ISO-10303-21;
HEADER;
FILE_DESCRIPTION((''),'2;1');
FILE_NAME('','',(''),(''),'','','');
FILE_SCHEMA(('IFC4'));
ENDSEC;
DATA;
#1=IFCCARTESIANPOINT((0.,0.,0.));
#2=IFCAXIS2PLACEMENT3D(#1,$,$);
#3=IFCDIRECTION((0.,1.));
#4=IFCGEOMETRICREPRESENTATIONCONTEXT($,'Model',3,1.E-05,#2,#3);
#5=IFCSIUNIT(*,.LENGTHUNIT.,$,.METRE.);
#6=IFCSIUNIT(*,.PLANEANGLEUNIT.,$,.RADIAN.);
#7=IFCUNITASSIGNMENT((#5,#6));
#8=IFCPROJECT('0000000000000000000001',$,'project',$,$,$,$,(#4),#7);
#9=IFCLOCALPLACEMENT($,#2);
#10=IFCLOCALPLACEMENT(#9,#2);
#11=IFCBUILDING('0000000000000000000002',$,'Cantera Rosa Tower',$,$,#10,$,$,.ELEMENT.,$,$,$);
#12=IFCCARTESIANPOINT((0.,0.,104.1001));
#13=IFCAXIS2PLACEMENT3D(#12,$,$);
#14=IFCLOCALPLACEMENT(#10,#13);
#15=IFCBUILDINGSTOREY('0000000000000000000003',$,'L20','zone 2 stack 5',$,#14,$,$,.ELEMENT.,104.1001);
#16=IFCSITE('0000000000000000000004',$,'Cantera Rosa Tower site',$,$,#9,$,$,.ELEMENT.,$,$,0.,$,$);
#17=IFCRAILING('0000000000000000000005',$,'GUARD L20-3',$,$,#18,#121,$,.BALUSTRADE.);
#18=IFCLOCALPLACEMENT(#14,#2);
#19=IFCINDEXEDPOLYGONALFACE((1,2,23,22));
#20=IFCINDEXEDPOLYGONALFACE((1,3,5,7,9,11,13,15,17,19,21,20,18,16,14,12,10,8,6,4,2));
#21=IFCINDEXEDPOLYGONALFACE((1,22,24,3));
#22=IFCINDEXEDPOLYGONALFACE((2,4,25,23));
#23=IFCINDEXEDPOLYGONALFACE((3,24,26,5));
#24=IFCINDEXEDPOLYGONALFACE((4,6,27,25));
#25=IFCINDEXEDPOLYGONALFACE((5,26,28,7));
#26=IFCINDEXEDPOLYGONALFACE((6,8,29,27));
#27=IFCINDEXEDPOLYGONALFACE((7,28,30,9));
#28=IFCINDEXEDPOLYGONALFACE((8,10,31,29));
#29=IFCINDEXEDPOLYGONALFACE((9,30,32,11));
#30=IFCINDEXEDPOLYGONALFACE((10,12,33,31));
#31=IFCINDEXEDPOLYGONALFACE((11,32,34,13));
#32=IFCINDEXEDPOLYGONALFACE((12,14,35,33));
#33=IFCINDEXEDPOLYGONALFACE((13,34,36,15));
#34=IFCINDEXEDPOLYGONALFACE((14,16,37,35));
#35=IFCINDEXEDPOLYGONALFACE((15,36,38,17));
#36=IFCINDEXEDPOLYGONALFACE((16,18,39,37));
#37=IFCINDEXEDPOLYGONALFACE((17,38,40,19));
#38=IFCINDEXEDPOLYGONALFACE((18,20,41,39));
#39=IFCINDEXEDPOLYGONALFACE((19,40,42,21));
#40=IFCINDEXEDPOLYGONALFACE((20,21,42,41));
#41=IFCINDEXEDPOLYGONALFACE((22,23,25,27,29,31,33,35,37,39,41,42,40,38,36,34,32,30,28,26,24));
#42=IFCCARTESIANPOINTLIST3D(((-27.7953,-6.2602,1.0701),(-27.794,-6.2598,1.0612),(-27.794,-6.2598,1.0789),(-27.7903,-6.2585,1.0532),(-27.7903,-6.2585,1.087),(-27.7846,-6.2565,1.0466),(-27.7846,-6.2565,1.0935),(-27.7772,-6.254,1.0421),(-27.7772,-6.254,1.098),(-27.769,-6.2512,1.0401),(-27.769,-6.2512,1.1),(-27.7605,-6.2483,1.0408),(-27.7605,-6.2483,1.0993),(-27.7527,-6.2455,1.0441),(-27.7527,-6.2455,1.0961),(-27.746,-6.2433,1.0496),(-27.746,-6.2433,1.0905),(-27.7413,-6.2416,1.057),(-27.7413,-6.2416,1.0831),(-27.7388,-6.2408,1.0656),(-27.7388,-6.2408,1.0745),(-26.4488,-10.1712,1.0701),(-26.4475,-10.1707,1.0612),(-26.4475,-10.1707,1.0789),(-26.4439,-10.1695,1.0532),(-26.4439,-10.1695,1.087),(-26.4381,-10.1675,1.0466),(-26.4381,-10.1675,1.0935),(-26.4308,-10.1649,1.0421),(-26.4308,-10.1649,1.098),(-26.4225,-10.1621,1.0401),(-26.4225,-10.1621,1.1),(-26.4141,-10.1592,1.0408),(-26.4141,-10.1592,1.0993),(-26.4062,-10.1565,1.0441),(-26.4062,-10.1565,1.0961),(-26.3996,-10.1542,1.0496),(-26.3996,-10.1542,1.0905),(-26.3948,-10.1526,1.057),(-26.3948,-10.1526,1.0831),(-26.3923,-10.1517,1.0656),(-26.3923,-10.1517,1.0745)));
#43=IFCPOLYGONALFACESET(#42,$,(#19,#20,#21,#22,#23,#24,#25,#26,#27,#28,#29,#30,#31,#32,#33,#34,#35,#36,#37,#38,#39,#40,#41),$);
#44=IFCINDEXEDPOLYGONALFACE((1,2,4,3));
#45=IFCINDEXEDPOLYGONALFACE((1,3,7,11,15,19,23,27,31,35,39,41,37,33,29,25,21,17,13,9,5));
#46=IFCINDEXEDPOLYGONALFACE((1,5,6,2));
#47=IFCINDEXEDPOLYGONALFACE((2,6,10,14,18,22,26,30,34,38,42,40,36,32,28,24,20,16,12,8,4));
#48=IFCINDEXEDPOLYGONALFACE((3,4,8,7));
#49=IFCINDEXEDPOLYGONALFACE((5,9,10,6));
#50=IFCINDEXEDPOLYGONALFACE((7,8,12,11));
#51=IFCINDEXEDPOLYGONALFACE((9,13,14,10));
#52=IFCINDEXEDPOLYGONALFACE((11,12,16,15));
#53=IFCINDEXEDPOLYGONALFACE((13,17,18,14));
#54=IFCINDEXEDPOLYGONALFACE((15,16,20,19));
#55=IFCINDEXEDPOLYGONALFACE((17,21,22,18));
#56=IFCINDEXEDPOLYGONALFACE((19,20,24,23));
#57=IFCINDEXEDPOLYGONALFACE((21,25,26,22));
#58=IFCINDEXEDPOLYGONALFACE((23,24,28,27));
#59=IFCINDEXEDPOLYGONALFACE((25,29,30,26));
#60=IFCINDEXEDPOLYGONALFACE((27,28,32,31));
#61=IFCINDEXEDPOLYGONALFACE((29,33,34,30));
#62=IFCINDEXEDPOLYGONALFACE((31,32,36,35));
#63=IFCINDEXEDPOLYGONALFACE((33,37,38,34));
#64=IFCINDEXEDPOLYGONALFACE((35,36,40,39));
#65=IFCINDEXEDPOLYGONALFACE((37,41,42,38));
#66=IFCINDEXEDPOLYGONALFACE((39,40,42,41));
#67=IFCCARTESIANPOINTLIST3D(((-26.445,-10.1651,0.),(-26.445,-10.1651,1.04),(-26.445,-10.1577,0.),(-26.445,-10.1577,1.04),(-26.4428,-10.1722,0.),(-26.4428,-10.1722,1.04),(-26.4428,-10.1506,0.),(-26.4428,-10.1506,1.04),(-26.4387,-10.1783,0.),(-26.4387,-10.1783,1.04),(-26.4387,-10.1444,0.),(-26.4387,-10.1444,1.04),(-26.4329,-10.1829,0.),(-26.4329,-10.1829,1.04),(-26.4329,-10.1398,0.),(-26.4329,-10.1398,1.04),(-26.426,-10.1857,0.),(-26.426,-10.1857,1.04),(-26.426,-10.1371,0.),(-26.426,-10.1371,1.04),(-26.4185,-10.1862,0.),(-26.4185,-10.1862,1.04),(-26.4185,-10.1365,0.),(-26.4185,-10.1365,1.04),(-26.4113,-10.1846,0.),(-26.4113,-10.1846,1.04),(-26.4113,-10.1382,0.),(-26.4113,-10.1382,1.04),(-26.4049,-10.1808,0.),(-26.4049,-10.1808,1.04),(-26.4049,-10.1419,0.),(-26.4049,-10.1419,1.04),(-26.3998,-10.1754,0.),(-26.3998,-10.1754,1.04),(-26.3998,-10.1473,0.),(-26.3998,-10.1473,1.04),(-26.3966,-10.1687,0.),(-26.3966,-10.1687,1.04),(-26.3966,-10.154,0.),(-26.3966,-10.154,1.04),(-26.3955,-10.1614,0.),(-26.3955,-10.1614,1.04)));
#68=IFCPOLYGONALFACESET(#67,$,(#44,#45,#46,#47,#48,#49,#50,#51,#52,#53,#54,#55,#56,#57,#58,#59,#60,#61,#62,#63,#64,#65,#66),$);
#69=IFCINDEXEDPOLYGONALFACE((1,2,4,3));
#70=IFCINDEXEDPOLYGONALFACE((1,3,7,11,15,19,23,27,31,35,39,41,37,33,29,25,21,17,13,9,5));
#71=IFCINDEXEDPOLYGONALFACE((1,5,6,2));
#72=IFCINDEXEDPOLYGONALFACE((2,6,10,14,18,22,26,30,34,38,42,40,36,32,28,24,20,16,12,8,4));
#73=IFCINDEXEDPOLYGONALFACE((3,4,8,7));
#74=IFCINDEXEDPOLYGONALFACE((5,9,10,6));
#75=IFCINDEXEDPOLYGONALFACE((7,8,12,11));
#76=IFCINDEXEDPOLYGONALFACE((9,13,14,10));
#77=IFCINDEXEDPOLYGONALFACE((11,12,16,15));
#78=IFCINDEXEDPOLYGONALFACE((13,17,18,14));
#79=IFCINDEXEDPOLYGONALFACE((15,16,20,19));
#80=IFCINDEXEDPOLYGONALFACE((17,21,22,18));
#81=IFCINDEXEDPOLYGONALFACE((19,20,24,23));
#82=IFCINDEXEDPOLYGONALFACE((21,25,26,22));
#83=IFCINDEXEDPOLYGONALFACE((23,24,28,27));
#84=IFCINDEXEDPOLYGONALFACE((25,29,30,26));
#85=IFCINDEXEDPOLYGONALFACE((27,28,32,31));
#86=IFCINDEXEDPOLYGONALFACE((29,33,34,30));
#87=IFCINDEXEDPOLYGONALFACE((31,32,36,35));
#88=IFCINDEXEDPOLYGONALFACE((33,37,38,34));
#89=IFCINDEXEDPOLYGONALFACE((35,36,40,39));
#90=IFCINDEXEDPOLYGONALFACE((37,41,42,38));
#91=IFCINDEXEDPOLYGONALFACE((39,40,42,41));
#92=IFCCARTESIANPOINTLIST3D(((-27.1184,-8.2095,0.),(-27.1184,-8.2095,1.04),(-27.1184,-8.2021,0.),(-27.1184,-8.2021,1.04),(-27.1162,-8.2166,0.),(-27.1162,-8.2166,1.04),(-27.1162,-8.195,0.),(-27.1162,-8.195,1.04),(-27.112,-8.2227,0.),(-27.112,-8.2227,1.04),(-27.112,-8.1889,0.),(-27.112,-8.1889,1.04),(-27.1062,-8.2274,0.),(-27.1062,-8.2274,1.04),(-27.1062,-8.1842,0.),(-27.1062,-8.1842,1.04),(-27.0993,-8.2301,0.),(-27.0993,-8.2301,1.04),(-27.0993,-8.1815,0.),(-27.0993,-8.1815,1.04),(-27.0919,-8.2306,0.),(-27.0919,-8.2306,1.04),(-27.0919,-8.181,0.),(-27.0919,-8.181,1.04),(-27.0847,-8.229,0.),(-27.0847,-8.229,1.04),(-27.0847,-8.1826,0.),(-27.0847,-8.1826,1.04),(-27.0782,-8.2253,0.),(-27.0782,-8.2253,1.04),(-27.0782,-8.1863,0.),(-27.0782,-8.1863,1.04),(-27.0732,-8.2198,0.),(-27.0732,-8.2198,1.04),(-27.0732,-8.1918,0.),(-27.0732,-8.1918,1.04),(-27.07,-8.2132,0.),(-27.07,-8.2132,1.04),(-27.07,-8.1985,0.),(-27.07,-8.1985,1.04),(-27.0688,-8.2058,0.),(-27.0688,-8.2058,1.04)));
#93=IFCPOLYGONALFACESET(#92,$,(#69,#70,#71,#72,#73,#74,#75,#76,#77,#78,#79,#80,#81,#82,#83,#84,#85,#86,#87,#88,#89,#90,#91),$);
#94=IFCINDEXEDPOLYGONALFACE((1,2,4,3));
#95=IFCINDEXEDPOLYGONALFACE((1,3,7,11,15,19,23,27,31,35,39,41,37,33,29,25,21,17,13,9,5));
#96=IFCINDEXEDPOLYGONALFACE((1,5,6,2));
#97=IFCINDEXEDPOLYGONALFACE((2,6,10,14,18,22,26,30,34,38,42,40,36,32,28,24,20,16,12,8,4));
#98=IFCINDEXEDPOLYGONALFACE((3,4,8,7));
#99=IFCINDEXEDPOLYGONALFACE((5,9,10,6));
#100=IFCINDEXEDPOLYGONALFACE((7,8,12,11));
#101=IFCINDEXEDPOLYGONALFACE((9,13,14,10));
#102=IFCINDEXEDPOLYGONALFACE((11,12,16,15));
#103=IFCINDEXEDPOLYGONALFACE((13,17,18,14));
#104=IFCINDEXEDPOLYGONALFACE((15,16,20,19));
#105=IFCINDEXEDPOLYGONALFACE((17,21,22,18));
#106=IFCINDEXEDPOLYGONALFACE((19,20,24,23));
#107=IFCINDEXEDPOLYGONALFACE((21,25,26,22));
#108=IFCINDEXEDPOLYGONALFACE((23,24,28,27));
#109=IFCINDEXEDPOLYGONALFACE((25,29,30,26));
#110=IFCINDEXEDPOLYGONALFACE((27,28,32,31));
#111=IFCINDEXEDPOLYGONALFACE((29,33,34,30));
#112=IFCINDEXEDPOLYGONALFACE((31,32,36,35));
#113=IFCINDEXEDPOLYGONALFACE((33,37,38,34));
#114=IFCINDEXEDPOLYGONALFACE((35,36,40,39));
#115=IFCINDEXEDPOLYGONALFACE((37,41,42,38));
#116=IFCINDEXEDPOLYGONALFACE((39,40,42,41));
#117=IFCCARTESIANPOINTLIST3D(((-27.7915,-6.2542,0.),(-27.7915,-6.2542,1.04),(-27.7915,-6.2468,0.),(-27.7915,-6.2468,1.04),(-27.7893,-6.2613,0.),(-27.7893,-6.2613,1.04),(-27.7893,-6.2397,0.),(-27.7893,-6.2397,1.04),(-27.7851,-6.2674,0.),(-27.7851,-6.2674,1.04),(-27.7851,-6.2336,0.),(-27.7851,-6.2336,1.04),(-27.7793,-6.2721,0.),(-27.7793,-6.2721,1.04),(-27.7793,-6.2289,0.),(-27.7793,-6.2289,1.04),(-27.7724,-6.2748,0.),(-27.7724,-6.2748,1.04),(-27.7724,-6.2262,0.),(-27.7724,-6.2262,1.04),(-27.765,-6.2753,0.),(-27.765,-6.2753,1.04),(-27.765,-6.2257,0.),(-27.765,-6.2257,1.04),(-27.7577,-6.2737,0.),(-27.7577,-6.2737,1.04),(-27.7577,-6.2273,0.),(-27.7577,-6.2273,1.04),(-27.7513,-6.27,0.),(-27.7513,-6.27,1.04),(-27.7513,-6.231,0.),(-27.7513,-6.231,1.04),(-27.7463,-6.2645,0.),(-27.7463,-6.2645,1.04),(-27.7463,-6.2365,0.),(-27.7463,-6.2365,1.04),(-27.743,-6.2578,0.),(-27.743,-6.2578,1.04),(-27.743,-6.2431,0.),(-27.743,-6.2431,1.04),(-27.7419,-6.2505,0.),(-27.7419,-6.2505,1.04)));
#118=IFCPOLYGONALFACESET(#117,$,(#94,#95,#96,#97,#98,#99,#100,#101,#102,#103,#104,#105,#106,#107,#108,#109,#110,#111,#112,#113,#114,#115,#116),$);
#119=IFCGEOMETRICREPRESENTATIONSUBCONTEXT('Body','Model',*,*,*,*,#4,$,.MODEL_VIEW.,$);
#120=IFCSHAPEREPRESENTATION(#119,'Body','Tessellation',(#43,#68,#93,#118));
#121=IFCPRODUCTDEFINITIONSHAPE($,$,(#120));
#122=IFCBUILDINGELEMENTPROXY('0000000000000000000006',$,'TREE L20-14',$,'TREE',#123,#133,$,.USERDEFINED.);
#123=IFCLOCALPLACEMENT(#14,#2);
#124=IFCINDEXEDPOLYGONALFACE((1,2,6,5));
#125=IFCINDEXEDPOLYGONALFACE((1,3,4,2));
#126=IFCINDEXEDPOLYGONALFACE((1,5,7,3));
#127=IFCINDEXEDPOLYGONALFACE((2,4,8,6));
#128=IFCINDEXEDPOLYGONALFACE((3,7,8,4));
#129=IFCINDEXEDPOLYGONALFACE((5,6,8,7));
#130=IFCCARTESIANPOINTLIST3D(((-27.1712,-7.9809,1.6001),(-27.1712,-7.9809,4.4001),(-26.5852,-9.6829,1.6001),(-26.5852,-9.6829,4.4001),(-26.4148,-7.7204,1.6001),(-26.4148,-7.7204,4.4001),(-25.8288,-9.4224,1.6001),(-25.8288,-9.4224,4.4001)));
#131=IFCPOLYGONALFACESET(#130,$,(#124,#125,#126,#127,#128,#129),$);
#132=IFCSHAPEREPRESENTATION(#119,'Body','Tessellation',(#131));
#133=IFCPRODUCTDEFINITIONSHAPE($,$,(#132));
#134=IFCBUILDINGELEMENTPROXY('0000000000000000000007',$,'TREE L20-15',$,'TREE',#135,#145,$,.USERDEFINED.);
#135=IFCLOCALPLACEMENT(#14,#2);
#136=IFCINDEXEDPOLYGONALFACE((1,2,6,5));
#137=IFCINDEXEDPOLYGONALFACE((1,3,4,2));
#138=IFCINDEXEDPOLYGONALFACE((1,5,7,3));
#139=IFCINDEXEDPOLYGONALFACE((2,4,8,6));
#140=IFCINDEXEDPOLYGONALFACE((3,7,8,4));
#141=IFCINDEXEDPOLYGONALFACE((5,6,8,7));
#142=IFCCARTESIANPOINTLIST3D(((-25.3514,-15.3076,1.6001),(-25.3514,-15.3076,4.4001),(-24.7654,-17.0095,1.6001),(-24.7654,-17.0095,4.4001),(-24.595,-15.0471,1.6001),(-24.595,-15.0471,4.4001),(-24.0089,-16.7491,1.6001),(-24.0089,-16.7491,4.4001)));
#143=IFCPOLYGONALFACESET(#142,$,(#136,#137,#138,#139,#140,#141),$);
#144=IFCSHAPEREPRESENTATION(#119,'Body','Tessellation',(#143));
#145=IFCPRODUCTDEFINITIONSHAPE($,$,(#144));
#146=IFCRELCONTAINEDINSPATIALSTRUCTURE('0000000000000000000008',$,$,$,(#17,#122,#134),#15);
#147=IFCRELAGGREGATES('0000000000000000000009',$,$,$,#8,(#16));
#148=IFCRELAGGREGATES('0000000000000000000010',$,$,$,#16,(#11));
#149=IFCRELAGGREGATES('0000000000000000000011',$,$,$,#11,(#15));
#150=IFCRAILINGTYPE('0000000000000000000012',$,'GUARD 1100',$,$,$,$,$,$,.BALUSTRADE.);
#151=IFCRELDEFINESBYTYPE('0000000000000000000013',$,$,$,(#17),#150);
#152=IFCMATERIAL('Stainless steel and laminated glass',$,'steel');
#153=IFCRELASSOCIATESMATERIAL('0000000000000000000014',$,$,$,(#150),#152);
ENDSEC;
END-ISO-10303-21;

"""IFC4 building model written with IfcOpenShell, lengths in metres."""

from ifc_helpers import new_model, si_unit, direction, frame, origin, origin_2d, place, context, subcontext, project, spatial, rectangle, circle, extrude, material, type_object, element, save


model = new_model("IFC4")

# Units and contexts
model_context = context("Model", 3, precision=1e-05, world=origin(), true_north=direction((0.0, 1.0)))
body_context = subcontext(model_context, "Body", "Model", "MODEL_VIEW")
ifc_project = project(units=[si_unit("LENGTHUNIT", "METRE"), si_unit("PLANEANGLEUNIT", "RADIAN")], contexts=[model_context])

# Site, building, storey
site_placement = place(None, origin())
site = spatial("IfcSite", under=ifc_project, at=site_placement, Name="Cantera Rosa Tower site", CompositionType="ELEMENT", RefElevation=0.0)
building_placement = place(site_placement, origin())
building = spatial("IfcBuilding", under=site, at=building_placement, Name="Cantera Rosa Tower", CompositionType="ELEMENT")
storey_placement = place(building_placement, frame((0.0, 0.0, 104.1001)))
storey = spatial("IfcBuildingStorey", under=building, at=storey_placement, Name="L20", Description="zone 2 stack 5", CompositionType="ELEMENT", Elevation=104.1001)

# Railing
ifc_material_1 = material(Name="Stainless steel and laminated glass", Category="steel")
railing_type = type_object("IfcRailingType", Name="GUARD 1100", PredefinedType="BALUSTRADE", material=ifc_material_1)
railing_1_placement = place(storey_placement, frame((-26.4204, -10.1614, 0.0)))
element("IfcRailing", 1, at=railing_1_placement, inside=storey, type_object=railing_type, Name="GUARD L20-3", PredefinedType="BALUSTRADE", context=body_context, shape_type="SweptSolid", body=[
    extrude(circle(Radius=0.03, at=origin_2d()), frame((0.0, 0.0, 1.0701), z_axis=(-0.325527, 0.945533, 0.0), x_axis=(-0.945533, -0.325527, 0.0)), (0.0, 0.0, 1.0), 4.1362),
    extrude(circle(Radius=0.0249, at=origin_2d()), origin(), (0.0, 0.0, 1.0), 1.04),
    extrude(circle(Radius=0.0249, at=origin_2d()), frame((-0.6733, 1.9556, 0.0)), (0.0, 0.0, 1.0), 1.04),
    extrude(circle(Radius=0.0249, at=origin_2d()), frame((-1.3464, 3.9109, 0.0)), (0.0, 0.0, 1.0), 1.04),
])

# Building element proxies
for number, where, z_axis, x_axis, name in (
    (2, (-26.5, -8.7017, 1.6001), (0.0, 0.0, 1.0), (0.325568, -0.945519, 0.0), "TREE L20-14"),
    (3, (-24.6802, -16.0283, 1.6001), (0.0, 0.0, 1.0), (0.325568, -0.945519, 0.0), "TREE L20-15"),
):
    element("IfcBuildingElementProxy", number, at=place(storey_placement, frame(where, z_axis=z_axis, x_axis=x_axis)), inside=storey, Name=name, ObjectType="TREE", PredefinedType="USERDEFINED", context=body_context, shape_type="SweptSolid", body=[
        extrude(rectangle(XDim=1.8, YDim=0.8, at=origin_2d()), origin(), (0.0, 0.0, 1.0), 2.8),
    ])

save(model, "model.ifc")
